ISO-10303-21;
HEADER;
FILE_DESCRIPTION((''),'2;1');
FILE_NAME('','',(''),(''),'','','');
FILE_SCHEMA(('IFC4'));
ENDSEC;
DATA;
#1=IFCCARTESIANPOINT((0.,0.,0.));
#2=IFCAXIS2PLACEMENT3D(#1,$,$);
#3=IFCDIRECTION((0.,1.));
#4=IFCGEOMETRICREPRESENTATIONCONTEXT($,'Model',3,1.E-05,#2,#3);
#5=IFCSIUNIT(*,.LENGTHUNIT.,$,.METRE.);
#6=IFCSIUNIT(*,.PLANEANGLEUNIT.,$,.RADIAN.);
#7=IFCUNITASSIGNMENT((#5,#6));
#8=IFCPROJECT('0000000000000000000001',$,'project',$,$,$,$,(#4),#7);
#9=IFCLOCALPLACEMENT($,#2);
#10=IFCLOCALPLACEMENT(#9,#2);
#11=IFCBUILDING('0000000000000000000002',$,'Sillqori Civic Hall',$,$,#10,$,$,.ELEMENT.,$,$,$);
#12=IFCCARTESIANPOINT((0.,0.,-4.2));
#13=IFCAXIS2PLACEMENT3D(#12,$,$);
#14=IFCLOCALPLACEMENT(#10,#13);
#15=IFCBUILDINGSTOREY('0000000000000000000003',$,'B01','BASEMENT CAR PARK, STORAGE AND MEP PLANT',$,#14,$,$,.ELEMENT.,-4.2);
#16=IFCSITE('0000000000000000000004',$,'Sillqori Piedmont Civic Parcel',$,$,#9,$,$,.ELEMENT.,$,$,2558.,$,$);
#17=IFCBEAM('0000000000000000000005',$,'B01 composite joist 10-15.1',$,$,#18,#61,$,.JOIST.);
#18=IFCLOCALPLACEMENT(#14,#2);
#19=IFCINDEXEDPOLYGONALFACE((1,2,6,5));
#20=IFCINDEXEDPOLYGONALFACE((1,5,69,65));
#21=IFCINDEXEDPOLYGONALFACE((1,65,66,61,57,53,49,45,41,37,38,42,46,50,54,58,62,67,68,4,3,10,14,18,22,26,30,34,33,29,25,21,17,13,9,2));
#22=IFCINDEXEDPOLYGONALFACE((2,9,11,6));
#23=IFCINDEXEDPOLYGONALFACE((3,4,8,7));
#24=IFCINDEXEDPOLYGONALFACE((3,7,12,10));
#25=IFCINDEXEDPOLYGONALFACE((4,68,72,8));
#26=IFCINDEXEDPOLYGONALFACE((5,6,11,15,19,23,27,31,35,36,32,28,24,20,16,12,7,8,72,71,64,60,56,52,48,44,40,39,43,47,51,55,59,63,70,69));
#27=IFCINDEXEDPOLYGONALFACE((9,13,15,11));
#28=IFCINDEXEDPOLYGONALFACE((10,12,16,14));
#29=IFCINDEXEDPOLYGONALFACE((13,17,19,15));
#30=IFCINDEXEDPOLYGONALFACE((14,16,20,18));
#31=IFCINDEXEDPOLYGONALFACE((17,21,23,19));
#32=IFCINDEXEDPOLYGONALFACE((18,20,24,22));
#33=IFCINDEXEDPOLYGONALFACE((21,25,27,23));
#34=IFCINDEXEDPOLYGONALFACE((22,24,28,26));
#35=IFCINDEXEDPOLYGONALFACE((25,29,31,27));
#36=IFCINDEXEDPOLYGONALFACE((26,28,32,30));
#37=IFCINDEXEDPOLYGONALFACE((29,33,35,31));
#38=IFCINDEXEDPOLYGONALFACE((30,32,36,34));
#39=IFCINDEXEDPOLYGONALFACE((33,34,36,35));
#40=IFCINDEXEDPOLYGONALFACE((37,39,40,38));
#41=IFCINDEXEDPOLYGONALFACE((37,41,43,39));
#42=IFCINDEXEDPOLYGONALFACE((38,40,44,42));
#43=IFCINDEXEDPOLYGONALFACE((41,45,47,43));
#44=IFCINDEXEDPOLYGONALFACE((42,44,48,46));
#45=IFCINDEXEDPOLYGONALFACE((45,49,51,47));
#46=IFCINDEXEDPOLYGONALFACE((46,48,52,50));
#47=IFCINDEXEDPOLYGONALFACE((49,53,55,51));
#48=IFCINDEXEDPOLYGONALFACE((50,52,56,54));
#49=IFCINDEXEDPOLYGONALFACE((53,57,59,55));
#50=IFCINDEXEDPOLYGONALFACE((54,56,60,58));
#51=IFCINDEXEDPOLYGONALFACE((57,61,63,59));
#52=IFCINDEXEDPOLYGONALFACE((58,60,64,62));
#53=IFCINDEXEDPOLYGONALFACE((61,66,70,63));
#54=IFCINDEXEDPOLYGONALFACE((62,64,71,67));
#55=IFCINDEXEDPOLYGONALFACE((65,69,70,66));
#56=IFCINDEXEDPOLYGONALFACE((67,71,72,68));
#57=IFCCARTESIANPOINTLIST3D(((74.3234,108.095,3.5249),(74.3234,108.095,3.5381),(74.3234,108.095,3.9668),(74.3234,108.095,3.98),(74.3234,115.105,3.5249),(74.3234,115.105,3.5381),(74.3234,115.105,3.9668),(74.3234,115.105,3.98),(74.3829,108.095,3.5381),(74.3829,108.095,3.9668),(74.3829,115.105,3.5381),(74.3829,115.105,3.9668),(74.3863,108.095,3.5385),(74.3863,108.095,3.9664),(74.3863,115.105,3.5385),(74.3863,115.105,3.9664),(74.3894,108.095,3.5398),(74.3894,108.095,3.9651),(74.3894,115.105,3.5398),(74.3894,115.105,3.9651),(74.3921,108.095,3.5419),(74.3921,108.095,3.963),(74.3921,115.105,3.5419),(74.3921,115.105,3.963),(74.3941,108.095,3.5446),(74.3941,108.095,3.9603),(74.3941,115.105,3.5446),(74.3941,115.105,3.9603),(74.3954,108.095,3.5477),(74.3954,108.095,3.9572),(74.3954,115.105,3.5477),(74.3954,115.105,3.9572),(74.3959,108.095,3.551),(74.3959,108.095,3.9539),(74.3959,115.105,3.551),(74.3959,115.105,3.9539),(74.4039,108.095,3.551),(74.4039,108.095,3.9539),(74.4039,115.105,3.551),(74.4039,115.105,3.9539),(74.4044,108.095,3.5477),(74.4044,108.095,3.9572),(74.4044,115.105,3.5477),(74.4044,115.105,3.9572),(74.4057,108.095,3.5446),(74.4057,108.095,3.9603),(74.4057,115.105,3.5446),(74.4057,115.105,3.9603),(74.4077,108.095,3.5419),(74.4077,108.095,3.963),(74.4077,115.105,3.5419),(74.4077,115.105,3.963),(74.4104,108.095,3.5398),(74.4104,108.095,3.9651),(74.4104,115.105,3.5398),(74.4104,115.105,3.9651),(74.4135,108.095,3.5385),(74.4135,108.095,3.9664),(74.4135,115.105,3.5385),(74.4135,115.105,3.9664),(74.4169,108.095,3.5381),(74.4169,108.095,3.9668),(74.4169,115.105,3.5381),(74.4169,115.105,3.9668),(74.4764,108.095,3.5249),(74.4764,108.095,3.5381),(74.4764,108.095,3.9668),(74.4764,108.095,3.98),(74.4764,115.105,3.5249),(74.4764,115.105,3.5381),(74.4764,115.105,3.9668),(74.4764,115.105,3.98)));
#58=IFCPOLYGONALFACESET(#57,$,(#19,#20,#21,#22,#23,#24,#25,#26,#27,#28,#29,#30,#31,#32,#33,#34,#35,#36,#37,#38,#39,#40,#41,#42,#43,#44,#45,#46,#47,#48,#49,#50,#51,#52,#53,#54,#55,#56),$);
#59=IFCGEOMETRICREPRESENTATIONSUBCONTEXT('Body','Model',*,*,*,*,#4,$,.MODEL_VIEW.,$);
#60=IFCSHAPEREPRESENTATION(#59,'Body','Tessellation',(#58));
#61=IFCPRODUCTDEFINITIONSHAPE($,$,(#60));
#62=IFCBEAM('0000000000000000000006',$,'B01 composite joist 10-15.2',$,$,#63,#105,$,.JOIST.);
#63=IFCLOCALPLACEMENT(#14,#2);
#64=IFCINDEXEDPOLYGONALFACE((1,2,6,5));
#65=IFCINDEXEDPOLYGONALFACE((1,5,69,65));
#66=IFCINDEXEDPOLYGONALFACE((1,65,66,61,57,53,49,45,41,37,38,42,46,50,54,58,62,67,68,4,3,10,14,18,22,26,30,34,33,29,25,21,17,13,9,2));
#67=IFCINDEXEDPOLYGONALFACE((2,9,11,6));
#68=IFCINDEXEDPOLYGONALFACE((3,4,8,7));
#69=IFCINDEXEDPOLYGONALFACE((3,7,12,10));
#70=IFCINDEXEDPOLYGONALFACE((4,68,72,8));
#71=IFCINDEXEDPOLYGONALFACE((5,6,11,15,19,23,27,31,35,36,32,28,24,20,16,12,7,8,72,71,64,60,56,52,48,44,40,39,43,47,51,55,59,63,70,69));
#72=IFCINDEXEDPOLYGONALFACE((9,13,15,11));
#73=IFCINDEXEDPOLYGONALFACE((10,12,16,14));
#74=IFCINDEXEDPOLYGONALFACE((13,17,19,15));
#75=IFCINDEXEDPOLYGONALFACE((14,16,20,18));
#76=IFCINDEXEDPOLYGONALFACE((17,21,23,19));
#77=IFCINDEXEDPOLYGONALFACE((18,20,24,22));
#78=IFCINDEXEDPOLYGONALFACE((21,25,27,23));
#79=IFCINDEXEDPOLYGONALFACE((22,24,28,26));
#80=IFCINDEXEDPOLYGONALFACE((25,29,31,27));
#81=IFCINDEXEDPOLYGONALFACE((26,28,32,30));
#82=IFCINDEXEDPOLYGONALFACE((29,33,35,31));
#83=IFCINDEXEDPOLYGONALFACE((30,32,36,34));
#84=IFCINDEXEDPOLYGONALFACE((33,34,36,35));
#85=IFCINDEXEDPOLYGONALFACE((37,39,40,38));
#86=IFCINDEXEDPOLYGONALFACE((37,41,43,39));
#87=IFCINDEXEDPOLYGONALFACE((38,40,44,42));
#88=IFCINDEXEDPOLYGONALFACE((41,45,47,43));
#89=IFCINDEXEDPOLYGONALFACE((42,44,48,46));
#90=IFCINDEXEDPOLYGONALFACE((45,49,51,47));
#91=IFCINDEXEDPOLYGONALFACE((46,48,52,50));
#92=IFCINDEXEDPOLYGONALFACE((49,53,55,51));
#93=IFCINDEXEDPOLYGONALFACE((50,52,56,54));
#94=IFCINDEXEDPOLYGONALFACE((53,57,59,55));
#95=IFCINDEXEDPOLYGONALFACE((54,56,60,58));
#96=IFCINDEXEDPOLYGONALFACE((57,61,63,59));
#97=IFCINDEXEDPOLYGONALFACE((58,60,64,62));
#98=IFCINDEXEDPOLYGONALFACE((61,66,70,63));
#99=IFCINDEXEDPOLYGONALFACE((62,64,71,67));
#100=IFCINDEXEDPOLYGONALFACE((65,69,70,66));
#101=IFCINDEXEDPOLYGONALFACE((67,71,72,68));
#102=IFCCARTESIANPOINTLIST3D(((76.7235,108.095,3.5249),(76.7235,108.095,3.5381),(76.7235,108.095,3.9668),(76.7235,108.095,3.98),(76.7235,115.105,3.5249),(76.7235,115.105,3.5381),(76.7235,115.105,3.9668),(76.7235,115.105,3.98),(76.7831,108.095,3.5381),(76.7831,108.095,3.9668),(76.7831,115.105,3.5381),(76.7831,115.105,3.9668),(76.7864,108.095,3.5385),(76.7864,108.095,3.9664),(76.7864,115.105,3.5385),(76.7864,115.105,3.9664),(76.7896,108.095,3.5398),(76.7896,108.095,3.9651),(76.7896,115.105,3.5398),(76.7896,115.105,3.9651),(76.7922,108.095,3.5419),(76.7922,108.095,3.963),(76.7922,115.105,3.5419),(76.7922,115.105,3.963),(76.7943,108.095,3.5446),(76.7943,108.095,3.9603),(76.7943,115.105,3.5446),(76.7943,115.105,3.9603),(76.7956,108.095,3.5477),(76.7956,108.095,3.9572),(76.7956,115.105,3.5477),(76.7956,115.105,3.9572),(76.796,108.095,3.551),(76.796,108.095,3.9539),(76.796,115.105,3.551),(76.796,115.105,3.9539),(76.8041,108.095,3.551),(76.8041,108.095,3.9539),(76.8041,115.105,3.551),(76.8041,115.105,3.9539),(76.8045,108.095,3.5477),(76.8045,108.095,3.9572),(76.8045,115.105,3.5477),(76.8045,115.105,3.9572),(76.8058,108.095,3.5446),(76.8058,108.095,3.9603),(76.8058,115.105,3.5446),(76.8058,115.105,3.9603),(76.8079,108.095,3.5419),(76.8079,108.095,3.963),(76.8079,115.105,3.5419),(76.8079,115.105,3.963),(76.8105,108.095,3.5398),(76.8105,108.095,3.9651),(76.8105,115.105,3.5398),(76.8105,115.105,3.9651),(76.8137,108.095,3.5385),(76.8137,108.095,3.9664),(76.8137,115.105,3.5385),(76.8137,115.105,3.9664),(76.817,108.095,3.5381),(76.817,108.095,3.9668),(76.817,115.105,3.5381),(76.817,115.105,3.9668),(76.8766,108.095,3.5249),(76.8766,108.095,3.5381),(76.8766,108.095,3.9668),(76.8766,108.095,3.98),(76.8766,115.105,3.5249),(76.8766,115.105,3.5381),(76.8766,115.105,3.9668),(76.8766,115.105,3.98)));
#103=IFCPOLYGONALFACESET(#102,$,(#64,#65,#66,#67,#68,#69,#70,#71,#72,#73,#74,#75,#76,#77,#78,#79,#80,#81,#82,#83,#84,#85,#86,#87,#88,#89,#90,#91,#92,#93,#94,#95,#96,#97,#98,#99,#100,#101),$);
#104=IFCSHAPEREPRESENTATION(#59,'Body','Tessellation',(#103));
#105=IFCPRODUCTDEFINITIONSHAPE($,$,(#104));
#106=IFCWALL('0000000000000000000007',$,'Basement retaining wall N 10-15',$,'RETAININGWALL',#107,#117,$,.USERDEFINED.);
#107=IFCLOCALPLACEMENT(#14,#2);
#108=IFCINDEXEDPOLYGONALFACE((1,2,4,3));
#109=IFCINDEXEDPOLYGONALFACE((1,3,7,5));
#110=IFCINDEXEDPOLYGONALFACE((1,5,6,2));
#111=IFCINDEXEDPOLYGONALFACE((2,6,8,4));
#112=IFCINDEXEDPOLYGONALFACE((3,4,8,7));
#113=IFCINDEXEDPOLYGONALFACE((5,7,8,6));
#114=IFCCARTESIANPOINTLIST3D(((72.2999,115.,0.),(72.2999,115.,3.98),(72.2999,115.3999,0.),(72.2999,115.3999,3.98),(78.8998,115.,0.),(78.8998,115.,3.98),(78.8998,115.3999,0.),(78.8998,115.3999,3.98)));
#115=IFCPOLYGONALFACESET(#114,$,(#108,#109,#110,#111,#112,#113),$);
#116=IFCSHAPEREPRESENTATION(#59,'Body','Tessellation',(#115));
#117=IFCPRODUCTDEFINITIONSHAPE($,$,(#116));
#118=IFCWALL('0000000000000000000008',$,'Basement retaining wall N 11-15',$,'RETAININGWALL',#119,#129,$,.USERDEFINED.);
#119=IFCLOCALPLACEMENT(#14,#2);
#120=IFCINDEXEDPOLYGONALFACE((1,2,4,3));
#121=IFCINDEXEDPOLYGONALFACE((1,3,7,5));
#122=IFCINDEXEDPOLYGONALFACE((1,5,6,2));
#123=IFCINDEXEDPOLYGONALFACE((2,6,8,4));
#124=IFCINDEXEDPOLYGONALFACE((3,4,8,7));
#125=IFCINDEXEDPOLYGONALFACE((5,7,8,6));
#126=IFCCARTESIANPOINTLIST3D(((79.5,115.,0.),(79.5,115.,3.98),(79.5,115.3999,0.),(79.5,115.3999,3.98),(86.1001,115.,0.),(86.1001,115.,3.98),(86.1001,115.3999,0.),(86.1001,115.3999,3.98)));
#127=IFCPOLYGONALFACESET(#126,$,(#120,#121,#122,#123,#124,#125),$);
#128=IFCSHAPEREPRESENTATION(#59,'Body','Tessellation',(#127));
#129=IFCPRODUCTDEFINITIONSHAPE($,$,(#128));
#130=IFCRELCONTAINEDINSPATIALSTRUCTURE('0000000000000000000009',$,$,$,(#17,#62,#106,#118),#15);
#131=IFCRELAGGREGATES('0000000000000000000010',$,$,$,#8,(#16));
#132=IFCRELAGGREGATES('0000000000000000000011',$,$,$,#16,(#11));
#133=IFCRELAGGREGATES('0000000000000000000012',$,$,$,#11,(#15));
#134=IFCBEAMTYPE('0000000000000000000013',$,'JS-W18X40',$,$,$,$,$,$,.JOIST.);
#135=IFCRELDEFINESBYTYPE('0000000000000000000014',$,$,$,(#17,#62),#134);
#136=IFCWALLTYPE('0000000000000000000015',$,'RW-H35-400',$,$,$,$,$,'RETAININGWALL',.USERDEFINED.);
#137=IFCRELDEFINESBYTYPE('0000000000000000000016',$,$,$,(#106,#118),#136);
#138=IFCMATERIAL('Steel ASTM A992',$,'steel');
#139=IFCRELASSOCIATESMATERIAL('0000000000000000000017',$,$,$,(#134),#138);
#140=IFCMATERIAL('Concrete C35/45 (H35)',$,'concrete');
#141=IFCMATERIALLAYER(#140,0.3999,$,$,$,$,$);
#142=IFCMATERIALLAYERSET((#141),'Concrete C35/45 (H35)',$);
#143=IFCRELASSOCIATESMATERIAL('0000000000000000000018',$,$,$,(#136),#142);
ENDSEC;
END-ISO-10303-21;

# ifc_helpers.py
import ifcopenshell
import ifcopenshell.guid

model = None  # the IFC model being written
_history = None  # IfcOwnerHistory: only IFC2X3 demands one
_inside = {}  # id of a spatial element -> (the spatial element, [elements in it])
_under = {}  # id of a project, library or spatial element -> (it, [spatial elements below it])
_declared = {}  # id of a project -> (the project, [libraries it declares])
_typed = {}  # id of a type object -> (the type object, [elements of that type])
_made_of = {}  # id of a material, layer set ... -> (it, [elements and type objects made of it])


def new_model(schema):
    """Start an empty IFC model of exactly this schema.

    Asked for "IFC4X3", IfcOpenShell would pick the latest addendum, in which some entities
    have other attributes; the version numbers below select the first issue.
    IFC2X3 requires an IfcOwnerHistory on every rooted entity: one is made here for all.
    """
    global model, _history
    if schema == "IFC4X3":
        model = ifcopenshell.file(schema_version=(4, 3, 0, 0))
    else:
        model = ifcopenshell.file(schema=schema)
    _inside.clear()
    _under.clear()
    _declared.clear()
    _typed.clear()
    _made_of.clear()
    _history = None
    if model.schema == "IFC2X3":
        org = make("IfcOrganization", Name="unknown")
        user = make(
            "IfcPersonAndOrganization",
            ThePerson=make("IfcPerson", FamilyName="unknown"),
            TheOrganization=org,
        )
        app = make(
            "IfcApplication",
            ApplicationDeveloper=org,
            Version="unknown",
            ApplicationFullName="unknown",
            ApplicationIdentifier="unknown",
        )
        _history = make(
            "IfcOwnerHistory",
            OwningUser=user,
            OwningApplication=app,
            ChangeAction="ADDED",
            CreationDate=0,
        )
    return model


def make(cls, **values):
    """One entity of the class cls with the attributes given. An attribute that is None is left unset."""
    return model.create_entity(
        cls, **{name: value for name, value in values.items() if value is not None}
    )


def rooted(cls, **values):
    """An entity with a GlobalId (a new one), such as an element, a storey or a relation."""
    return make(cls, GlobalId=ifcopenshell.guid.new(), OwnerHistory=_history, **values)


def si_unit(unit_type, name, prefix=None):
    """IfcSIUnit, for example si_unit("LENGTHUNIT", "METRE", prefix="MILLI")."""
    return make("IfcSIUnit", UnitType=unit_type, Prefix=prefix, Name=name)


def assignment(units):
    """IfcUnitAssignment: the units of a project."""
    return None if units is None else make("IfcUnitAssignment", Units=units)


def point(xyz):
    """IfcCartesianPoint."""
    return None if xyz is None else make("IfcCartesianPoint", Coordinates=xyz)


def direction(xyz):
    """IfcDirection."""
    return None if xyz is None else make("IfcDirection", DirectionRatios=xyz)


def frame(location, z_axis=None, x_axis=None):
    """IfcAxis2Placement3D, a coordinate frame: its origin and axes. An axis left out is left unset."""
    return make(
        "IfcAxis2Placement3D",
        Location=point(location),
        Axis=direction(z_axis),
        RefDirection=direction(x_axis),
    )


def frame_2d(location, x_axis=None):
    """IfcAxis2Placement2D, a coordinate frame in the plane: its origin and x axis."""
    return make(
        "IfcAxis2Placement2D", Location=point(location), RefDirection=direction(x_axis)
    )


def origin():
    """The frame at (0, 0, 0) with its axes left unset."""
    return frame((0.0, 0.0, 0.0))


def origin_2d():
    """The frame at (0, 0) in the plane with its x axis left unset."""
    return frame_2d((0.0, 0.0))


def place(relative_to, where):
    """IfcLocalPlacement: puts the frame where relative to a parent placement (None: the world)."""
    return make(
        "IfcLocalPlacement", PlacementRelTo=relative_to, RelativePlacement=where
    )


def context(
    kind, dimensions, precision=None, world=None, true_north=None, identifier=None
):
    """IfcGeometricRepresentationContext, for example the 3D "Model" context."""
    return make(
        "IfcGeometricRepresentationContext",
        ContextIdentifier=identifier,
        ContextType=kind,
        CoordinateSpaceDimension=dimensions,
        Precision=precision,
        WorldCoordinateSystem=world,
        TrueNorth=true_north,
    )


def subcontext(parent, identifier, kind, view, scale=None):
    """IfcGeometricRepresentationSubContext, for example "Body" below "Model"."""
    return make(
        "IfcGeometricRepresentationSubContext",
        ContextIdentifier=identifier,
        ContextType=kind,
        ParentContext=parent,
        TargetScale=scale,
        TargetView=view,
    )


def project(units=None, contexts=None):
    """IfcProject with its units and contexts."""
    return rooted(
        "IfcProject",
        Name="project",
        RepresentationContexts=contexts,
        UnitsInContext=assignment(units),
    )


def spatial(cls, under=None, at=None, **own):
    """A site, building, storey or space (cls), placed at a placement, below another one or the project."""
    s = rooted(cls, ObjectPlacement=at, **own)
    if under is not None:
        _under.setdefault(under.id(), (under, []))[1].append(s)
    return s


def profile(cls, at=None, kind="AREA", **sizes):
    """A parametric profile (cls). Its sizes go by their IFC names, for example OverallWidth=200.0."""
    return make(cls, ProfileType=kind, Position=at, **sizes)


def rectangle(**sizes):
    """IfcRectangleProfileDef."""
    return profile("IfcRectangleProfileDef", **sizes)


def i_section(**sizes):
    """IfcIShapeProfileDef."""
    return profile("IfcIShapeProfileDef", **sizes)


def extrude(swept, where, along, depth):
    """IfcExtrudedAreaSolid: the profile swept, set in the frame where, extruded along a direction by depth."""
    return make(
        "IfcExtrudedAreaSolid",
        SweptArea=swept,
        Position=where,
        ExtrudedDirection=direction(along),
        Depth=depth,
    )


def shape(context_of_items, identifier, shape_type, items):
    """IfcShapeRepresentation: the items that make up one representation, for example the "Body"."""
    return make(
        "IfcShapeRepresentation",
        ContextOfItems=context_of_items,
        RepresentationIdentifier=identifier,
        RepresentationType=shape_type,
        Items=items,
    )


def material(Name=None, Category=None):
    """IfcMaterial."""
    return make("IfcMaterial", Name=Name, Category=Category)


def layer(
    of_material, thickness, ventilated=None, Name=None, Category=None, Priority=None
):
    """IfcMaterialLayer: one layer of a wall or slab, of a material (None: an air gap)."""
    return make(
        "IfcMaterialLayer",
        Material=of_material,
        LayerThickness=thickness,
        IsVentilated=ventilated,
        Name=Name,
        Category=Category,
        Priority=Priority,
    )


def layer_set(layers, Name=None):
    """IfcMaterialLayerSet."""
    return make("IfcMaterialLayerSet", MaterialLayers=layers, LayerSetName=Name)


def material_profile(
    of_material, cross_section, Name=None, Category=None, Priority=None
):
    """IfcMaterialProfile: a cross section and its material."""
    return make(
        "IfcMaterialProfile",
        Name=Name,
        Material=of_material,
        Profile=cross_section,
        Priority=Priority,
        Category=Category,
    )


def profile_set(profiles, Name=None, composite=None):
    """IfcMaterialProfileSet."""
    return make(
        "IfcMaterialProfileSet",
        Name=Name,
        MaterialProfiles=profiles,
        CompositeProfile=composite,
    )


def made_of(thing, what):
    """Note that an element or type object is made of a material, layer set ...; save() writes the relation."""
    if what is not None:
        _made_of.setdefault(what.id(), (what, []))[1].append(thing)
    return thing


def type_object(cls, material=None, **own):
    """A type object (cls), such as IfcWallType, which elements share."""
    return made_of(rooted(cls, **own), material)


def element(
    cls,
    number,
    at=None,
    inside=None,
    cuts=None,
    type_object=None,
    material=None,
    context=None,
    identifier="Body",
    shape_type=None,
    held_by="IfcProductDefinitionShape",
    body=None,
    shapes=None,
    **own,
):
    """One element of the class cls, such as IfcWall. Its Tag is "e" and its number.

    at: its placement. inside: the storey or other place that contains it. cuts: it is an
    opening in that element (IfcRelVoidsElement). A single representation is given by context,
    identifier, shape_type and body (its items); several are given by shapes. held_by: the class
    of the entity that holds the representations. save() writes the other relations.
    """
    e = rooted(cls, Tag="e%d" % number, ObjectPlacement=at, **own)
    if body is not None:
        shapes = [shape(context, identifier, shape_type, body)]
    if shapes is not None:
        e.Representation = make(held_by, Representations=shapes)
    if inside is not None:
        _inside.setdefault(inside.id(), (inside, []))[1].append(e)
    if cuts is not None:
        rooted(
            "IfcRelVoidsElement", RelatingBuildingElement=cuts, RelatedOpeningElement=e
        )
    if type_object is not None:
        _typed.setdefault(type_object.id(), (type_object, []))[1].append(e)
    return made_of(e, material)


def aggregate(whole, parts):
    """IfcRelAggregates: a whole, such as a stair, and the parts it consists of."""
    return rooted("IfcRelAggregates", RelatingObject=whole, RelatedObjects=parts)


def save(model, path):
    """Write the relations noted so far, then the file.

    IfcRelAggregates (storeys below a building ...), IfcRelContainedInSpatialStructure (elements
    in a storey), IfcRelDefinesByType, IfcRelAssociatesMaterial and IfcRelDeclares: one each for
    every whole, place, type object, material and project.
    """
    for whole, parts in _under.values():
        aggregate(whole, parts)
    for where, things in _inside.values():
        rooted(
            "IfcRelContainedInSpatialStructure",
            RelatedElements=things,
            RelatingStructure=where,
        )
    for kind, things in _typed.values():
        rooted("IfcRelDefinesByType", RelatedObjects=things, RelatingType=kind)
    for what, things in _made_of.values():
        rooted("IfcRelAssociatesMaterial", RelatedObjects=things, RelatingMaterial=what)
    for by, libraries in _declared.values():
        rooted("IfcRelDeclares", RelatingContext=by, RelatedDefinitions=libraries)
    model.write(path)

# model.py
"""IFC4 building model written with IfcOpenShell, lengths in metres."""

from ifc_helpers import new_model, si_unit, direction, frame, frame_2d, origin, origin_2d, place, context, subcontext, project, spatial, rectangle, i_section, extrude, material, layer, layer_set, material_profile, profile_set, type_object, element, save


model = new_model("IFC4")

# Units and contexts
model_context = context("Model", 3, precision=1e-05, world=origin(), true_north=direction((0.0, 1.0)))
body_context = subcontext(model_context, "Body", "Model", "MODEL_VIEW")
ifc_project = project(units=[si_unit("LENGTHUNIT", "METRE"), si_unit("PLANEANGLEUNIT", "RADIAN")], contexts=[model_context])

# Site, building, storey
site_placement = place(None, origin())
site = spatial("IfcSite", under=ifc_project, at=site_placement, Name="Sillqori Piedmont Civic Parcel", CompositionType="ELEMENT", RefElevation=2558.0)
building_placement = place(site_placement, origin())
building = spatial("IfcBuilding", under=site, at=building_placement, Name="Sillqori Civic Hall", CompositionType="ELEMENT")
storey_placement = place(building_placement, frame((0.0, 0.0, -4.2)))
storey = spatial("IfcBuildingStorey", under=building, at=storey_placement, Name="B01", Description="BASEMENT CAR PARK, STORAGE AND MEP PLANT", CompositionType="ELEMENT", Elevation=-4.2)

# Shared definitions
ifc_material_1 = material(Name="Concrete C35/45 (H35)", Category="concrete")

# Beams
ifc_material_2 = material(Name="Steel ASTM A992", Category="steel")
ifc_material_profile_1 = material_profile(ifc_material_2, i_section(OverallWidth=0.1531, OverallDepth=0.4551, WebThickness=0.0081, FlangeThickness=0.0132, FilletRadius=0.0129, at=origin_2d()), Name="W18X40")
ifc_profile_set_1 = profile_set([ifc_material_profile_1], Name="Steel ASTM A992")
beam_type_1 = type_object("IfcBeamType", Name="JS-W18X40", PredefinedType="JOIST", material=ifc_profile_set_1)
for number, where, z_axis, x_axis, name in (
    (1, (74.3999, 108.095, 3.7524), (0.0, 1.0, 0.0), (-1.0, 0.0, 0.0), "B01 composite joist 10-15.1"),
    (2, (76.8, 108.095, 3.7524), (0.0, 1.0, 0.0), (-1.0, 0.0, 0.0), "B01 composite joist 10-15.2"),
):
    element("IfcBeam", number, at=place(storey_placement, frame(where, z_axis=z_axis, x_axis=x_axis)), inside=storey, type_object=beam_type_1, Name=name, PredefinedType="JOIST", context=body_context, shape_type="SweptSolid", body=[
        extrude(i_section(OverallWidth=0.1531, OverallDepth=0.4551, WebThickness=0.0081, FlangeThickness=0.0132, FilletRadius=0.0129, at=origin_2d()), origin(), (0.0, 0.0, 1.0), 7.01),
    ])

# Walls
ifc_layer = layer(ifc_material_1, 0.3999)
ifc_layer_set = layer_set([ifc_layer], Name="Concrete C35/45 (H35)")
wall_type = type_object("IfcWallType", Name="RW-H35-400", ElementType="RETAININGWALL", PredefinedType="USERDEFINED", material=ifc_layer_set)
wall_1_placement = place(storey_placement, frame((72.3, 115.2, 0.0), z_axis=(0.0, 0.0, 1.0), x_axis=(1.0, 0.0, 0.0)))
element("IfcWall", 3, at=wall_1_placement, inside=storey, type_object=wall_type, Name="Basement retaining wall N 10-15", ObjectType="RETAININGWALL", PredefinedType="USERDEFINED", context=body_context, shape_type="SweptSolid", body=[
    extrude(rectangle(XDim=6.5999, YDim=0.3999, at=frame_2d((3.2998, 0.0))), origin(), (0.0, 0.0, 1.0), 3.98),
])
wall_2_placement = place(storey_placement, frame((79.5, 115.2, 0.0), z_axis=(0.0, 0.0, 1.0), x_axis=(1.0, 0.0, 0.0)))
element("IfcWall", 4, at=wall_2_placement, inside=storey, type_object=wall_type, Name="Basement retaining wall N 11-15", ObjectType="RETAININGWALL", PredefinedType="USERDEFINED", context=body_context, shape_type="SweptSolid", body=[
    extrude(rectangle(XDim=6.6001, YDim=0.3999, at=frame_2d((3.3, 0.0))), origin(), (0.0, 0.0, 1.0), 3.98),
])

save(model, "model.ifc")
